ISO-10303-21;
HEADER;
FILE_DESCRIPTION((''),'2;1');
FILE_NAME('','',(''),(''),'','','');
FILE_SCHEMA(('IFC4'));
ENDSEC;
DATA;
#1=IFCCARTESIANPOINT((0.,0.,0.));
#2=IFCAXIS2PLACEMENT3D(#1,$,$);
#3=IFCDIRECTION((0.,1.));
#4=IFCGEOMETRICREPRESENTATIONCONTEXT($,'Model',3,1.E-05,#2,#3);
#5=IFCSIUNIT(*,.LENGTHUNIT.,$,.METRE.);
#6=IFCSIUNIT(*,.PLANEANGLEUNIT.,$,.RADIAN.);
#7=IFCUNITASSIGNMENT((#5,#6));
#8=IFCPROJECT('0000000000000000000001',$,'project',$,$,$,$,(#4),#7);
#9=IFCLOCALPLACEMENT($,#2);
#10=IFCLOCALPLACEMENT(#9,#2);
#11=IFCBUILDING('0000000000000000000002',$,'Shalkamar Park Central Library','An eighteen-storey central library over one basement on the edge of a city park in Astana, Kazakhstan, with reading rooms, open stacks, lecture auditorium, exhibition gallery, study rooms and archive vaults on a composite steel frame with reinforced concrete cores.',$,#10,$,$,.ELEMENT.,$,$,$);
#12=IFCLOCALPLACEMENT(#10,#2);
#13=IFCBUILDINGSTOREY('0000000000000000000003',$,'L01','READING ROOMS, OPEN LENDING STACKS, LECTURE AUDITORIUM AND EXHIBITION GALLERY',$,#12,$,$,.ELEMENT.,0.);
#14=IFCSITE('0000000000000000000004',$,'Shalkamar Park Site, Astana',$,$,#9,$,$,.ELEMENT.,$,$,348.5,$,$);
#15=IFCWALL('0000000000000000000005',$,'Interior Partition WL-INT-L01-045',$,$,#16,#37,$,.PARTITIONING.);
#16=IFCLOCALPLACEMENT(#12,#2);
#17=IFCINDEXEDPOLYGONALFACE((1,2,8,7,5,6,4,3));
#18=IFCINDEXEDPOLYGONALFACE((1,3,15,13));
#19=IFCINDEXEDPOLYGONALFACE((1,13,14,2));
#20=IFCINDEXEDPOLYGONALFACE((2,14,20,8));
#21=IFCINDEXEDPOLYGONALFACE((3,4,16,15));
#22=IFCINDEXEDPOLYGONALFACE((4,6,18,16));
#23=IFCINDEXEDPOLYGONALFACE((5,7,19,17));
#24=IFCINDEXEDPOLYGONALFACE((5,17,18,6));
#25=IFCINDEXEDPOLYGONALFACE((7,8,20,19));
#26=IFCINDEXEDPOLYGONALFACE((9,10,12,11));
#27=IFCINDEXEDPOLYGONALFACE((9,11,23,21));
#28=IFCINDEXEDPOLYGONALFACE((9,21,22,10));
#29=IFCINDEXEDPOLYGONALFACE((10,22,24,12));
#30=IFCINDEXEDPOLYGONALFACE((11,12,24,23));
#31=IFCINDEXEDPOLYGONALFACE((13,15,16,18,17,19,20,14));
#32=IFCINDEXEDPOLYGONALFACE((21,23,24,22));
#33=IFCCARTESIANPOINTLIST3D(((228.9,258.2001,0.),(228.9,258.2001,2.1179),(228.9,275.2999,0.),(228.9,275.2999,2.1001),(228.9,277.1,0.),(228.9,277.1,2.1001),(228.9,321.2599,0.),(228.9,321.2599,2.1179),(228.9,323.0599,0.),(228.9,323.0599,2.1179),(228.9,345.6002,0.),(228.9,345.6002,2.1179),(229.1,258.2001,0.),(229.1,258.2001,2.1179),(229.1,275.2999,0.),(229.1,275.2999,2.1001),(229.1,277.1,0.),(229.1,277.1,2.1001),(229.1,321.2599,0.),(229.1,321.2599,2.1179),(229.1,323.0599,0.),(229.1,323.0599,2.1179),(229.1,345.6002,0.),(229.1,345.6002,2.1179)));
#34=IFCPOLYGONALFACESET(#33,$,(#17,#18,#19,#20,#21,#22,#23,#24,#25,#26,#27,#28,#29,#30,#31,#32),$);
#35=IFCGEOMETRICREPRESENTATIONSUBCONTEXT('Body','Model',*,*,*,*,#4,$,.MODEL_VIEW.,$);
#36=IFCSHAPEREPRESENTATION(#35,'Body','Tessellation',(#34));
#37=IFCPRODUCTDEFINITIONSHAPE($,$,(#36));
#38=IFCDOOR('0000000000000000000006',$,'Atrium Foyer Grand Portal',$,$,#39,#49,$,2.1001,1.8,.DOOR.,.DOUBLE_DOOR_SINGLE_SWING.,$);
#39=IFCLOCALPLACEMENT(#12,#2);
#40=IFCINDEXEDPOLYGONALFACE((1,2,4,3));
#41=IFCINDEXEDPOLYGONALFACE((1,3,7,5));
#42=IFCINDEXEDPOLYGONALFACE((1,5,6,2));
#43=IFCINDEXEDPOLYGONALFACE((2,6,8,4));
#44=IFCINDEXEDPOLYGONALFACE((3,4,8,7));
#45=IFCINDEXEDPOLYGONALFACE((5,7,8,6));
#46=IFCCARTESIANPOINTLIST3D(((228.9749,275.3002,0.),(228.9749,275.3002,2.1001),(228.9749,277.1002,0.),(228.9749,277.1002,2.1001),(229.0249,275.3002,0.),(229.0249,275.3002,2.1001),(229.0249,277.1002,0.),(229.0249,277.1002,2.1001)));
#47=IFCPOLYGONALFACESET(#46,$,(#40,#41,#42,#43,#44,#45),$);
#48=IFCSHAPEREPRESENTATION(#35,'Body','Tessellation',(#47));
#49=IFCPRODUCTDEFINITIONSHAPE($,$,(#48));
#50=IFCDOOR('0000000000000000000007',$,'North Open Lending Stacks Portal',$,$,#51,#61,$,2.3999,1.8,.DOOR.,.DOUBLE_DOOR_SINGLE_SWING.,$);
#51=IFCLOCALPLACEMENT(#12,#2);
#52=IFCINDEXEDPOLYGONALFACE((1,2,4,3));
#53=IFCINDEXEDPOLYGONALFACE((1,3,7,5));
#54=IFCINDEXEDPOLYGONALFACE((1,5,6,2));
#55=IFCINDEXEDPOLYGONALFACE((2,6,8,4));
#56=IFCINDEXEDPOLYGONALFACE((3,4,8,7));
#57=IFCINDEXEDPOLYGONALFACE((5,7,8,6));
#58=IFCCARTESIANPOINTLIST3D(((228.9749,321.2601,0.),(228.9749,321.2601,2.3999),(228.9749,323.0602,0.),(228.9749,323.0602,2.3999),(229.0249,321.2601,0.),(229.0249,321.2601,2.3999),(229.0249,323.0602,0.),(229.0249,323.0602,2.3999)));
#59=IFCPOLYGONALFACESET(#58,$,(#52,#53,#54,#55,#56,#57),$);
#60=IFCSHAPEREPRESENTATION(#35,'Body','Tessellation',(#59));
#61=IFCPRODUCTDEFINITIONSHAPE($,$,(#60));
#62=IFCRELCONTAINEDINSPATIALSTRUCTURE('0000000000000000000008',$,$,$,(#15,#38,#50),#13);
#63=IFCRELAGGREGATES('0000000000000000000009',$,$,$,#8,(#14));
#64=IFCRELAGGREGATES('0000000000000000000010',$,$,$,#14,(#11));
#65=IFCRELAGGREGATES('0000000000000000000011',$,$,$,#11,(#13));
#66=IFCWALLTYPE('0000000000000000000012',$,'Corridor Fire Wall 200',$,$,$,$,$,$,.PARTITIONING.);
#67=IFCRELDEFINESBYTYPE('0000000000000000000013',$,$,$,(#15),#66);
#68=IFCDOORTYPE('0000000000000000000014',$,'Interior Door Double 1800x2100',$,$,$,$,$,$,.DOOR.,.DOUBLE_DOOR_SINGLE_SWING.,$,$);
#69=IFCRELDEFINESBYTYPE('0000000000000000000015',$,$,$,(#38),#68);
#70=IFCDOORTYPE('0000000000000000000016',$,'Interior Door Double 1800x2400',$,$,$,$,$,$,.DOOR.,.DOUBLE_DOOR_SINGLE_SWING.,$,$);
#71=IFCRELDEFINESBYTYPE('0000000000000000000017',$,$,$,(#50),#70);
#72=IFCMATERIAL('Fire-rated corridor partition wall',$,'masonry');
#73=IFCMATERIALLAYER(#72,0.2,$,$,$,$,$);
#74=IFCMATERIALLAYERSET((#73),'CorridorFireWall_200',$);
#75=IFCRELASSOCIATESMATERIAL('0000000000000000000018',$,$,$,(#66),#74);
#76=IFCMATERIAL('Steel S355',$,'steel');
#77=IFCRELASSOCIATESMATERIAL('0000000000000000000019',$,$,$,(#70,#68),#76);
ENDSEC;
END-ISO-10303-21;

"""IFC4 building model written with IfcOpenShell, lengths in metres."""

from ifc_helpers import new_model, si_unit, direction, frame, frame_2d, origin, place, context, subcontext, project, spatial, rectangle, extrude, material, layer, layer_set, type_object, element, fill, save


model = new_model("IFC4")

# Units and contexts
model_context = context("Model", 3, precision=1e-05, world=origin(), true_north=direction((0.0, 1.0)))
body_context = subcontext(model_context, "Body", "Model", "MODEL_VIEW")
ifc_project = project(units=[si_unit("LENGTHUNIT", "METRE"), si_unit("PLANEANGLEUNIT", "RADIAN")], contexts=[model_context])

# Site, building, storey
site_placement = place(None, origin())
site = spatial("IfcSite", under=ifc_project, at=site_placement, Name="Shalkamar Park Site, Astana", CompositionType="ELEMENT", RefElevation=348.5)
building_placement = place(site_placement, origin())
building = spatial("IfcBuilding", under=site, at=building_placement, Name="Shalkamar Park Central Library", Description="An eighteen-storey central library over one basement on the edge of a city park in Astana, Kazakhstan, with reading rooms, open stacks, lecture auditorium, exhibition gallery, study rooms and archive vaults on a composite steel frame with reinforced concrete cores.", CompositionType="ELEMENT")
storey_placement = place(building_placement, origin())
storey = spatial("IfcBuildingStorey", under=building, at=storey_placement, Name="L01", Description="READING ROOMS, OPEN LENDING STACKS, LECTURE AUDITORIUM AND EXHIBITION GALLERY", CompositionType="ELEMENT", Elevation=0.0)

# Shared definitions
ifc_material_1 = material(Name="Steel S355", Category="steel")

# Shared definitions
ifc_material_2 = material(Name="Fire-rated corridor partition wall", Category="masonry")
ifc_layer = layer(ifc_material_2, 0.2)
ifc_layer_set = layer_set([ifc_layer], Name="CorridorFireWall_200")
wall_type = type_object("IfcWallType", Name="Corridor Fire Wall 200", PredefinedType="PARTITIONING", material=ifc_layer_set)
door_type_1 = type_object("IfcDoorType", Name="Interior Door Double 1800x2400", OperationType="DOUBLE_DOOR_SINGLE_SWING", PredefinedType="DOOR", material=ifc_material_1)

# Wall, openings, doors
wall_1_placement = place(storey_placement, frame((229.0, 258.2, 0.0), z_axis=(0.0, 0.0, 1.0), x_axis=(0.0, 1.0, 0.0)))
wall_1 = element("IfcWall", 1, at=wall_1_placement, inside=storey, type_object=wall_type, Name="Interior Partition WL-INT-L01-045", PredefinedType="PARTITIONING", context=body_context, shape_type="SweptSolid", body=[
    extrude(rectangle(XDim=87.4001, YDim=0.2, at=frame_2d((43.7002, 0.0))), origin(), (0.0, 0.0, 1.0), 2.1179),
])
opening_1_placement = place(wall_1_placement, frame((17.1001, 0.0, 0.0)))
opening_1 = element("IfcOpeningElement", 2, at=opening_1_placement, cuts=wall_1, PredefinedType="OPENING", context=body_context, shape_type="SweptSolid", body=[
    extrude(rectangle(XDim=1.8, YDim=2.1001, at=frame_2d((0.8999, 1.05))), frame((0.0, 0.1147, 0.0), z_axis=(0.0, -1.0, 0.0), x_axis=(1.0, 0.0, 0.0)), (0.0, 0.0, 1.0), 0.2297),
])
opening_2_placement = place(wall_1_placement, frame((63.0601, 0.0, 0.0)))
opening_2 = element("IfcOpeningElement", 3, at=opening_2_placement, cuts=wall_1, PredefinedType="OPENING", context=body_context, shape_type="SweptSolid", body=[
    extrude(rectangle(XDim=1.8, YDim=2.3999, at=frame_2d((0.8999, 1.2))), frame((0.0, 0.1147, 0.0), z_axis=(0.0, -1.0, 0.0), x_axis=(1.0, 0.0, 0.0)), (0.0, 0.0, 1.0), 0.2297),
])
door_type_2 = type_object("IfcDoorType", Name="Interior Door Double 1800x2100", OperationType="DOUBLE_DOOR_SINGLE_SWING", PredefinedType="DOOR", material=ifc_material_1)
door_1_placement = place(opening_1_placement, frame((1.8, 0.0, 0.0), z_axis=(0.0, 0.0, 1.0), x_axis=(-1.0, 0.0, 0.0)))
door_1 = element("IfcDoor", 4, at=door_1_placement, inside=storey, type_object=door_type_2, Name="Atrium Foyer Grand Portal", OperationType="DOUBLE_DOOR_SINGLE_SWING", OverallHeight=2.1001, OverallWidth=1.8, PredefinedType="DOOR", context=body_context, shape_type="SweptSolid", body=[
    extrude(rectangle(XDim=1.8, YDim=2.1001, at=frame_2d((0.8999, 1.05))), frame((0.0, 0.0249, 0.0), z_axis=(0.0, -1.0, 0.0), x_axis=(1.0, 0.0, 0.0)), (0.0, 0.0, 1.0), 0.05),
])
fill(opening_1, door_1)
door_2_placement = place(opening_2_placement, frame((1.8, 0.0, 0.0), z_axis=(0.0, 0.0, 1.0), x_axis=(-1.0, 0.0, 0.0)))
door_2 = element("IfcDoor", 5, at=door_2_placement, inside=storey, type_object=door_type_1, Name="North Open Lending Stacks Portal", OperationType="DOUBLE_DOOR_SINGLE_SWING", OverallHeight=2.3999, OverallWidth=1.8, PredefinedType="DOOR", context=body_context, shape_type="SweptSolid", body=[
    extrude(rectangle(XDim=1.8, YDim=2.3999, at=frame_2d((0.8999, 1.2))), frame((0.0, 0.0249, 0.0), z_axis=(0.0, -1.0, 0.0), x_axis=(1.0, 0.0, 0.0)), (0.0, 0.0, 1.0), 0.05),
])
fill(opening_2, door_2)

save(model, "model.ifc")
